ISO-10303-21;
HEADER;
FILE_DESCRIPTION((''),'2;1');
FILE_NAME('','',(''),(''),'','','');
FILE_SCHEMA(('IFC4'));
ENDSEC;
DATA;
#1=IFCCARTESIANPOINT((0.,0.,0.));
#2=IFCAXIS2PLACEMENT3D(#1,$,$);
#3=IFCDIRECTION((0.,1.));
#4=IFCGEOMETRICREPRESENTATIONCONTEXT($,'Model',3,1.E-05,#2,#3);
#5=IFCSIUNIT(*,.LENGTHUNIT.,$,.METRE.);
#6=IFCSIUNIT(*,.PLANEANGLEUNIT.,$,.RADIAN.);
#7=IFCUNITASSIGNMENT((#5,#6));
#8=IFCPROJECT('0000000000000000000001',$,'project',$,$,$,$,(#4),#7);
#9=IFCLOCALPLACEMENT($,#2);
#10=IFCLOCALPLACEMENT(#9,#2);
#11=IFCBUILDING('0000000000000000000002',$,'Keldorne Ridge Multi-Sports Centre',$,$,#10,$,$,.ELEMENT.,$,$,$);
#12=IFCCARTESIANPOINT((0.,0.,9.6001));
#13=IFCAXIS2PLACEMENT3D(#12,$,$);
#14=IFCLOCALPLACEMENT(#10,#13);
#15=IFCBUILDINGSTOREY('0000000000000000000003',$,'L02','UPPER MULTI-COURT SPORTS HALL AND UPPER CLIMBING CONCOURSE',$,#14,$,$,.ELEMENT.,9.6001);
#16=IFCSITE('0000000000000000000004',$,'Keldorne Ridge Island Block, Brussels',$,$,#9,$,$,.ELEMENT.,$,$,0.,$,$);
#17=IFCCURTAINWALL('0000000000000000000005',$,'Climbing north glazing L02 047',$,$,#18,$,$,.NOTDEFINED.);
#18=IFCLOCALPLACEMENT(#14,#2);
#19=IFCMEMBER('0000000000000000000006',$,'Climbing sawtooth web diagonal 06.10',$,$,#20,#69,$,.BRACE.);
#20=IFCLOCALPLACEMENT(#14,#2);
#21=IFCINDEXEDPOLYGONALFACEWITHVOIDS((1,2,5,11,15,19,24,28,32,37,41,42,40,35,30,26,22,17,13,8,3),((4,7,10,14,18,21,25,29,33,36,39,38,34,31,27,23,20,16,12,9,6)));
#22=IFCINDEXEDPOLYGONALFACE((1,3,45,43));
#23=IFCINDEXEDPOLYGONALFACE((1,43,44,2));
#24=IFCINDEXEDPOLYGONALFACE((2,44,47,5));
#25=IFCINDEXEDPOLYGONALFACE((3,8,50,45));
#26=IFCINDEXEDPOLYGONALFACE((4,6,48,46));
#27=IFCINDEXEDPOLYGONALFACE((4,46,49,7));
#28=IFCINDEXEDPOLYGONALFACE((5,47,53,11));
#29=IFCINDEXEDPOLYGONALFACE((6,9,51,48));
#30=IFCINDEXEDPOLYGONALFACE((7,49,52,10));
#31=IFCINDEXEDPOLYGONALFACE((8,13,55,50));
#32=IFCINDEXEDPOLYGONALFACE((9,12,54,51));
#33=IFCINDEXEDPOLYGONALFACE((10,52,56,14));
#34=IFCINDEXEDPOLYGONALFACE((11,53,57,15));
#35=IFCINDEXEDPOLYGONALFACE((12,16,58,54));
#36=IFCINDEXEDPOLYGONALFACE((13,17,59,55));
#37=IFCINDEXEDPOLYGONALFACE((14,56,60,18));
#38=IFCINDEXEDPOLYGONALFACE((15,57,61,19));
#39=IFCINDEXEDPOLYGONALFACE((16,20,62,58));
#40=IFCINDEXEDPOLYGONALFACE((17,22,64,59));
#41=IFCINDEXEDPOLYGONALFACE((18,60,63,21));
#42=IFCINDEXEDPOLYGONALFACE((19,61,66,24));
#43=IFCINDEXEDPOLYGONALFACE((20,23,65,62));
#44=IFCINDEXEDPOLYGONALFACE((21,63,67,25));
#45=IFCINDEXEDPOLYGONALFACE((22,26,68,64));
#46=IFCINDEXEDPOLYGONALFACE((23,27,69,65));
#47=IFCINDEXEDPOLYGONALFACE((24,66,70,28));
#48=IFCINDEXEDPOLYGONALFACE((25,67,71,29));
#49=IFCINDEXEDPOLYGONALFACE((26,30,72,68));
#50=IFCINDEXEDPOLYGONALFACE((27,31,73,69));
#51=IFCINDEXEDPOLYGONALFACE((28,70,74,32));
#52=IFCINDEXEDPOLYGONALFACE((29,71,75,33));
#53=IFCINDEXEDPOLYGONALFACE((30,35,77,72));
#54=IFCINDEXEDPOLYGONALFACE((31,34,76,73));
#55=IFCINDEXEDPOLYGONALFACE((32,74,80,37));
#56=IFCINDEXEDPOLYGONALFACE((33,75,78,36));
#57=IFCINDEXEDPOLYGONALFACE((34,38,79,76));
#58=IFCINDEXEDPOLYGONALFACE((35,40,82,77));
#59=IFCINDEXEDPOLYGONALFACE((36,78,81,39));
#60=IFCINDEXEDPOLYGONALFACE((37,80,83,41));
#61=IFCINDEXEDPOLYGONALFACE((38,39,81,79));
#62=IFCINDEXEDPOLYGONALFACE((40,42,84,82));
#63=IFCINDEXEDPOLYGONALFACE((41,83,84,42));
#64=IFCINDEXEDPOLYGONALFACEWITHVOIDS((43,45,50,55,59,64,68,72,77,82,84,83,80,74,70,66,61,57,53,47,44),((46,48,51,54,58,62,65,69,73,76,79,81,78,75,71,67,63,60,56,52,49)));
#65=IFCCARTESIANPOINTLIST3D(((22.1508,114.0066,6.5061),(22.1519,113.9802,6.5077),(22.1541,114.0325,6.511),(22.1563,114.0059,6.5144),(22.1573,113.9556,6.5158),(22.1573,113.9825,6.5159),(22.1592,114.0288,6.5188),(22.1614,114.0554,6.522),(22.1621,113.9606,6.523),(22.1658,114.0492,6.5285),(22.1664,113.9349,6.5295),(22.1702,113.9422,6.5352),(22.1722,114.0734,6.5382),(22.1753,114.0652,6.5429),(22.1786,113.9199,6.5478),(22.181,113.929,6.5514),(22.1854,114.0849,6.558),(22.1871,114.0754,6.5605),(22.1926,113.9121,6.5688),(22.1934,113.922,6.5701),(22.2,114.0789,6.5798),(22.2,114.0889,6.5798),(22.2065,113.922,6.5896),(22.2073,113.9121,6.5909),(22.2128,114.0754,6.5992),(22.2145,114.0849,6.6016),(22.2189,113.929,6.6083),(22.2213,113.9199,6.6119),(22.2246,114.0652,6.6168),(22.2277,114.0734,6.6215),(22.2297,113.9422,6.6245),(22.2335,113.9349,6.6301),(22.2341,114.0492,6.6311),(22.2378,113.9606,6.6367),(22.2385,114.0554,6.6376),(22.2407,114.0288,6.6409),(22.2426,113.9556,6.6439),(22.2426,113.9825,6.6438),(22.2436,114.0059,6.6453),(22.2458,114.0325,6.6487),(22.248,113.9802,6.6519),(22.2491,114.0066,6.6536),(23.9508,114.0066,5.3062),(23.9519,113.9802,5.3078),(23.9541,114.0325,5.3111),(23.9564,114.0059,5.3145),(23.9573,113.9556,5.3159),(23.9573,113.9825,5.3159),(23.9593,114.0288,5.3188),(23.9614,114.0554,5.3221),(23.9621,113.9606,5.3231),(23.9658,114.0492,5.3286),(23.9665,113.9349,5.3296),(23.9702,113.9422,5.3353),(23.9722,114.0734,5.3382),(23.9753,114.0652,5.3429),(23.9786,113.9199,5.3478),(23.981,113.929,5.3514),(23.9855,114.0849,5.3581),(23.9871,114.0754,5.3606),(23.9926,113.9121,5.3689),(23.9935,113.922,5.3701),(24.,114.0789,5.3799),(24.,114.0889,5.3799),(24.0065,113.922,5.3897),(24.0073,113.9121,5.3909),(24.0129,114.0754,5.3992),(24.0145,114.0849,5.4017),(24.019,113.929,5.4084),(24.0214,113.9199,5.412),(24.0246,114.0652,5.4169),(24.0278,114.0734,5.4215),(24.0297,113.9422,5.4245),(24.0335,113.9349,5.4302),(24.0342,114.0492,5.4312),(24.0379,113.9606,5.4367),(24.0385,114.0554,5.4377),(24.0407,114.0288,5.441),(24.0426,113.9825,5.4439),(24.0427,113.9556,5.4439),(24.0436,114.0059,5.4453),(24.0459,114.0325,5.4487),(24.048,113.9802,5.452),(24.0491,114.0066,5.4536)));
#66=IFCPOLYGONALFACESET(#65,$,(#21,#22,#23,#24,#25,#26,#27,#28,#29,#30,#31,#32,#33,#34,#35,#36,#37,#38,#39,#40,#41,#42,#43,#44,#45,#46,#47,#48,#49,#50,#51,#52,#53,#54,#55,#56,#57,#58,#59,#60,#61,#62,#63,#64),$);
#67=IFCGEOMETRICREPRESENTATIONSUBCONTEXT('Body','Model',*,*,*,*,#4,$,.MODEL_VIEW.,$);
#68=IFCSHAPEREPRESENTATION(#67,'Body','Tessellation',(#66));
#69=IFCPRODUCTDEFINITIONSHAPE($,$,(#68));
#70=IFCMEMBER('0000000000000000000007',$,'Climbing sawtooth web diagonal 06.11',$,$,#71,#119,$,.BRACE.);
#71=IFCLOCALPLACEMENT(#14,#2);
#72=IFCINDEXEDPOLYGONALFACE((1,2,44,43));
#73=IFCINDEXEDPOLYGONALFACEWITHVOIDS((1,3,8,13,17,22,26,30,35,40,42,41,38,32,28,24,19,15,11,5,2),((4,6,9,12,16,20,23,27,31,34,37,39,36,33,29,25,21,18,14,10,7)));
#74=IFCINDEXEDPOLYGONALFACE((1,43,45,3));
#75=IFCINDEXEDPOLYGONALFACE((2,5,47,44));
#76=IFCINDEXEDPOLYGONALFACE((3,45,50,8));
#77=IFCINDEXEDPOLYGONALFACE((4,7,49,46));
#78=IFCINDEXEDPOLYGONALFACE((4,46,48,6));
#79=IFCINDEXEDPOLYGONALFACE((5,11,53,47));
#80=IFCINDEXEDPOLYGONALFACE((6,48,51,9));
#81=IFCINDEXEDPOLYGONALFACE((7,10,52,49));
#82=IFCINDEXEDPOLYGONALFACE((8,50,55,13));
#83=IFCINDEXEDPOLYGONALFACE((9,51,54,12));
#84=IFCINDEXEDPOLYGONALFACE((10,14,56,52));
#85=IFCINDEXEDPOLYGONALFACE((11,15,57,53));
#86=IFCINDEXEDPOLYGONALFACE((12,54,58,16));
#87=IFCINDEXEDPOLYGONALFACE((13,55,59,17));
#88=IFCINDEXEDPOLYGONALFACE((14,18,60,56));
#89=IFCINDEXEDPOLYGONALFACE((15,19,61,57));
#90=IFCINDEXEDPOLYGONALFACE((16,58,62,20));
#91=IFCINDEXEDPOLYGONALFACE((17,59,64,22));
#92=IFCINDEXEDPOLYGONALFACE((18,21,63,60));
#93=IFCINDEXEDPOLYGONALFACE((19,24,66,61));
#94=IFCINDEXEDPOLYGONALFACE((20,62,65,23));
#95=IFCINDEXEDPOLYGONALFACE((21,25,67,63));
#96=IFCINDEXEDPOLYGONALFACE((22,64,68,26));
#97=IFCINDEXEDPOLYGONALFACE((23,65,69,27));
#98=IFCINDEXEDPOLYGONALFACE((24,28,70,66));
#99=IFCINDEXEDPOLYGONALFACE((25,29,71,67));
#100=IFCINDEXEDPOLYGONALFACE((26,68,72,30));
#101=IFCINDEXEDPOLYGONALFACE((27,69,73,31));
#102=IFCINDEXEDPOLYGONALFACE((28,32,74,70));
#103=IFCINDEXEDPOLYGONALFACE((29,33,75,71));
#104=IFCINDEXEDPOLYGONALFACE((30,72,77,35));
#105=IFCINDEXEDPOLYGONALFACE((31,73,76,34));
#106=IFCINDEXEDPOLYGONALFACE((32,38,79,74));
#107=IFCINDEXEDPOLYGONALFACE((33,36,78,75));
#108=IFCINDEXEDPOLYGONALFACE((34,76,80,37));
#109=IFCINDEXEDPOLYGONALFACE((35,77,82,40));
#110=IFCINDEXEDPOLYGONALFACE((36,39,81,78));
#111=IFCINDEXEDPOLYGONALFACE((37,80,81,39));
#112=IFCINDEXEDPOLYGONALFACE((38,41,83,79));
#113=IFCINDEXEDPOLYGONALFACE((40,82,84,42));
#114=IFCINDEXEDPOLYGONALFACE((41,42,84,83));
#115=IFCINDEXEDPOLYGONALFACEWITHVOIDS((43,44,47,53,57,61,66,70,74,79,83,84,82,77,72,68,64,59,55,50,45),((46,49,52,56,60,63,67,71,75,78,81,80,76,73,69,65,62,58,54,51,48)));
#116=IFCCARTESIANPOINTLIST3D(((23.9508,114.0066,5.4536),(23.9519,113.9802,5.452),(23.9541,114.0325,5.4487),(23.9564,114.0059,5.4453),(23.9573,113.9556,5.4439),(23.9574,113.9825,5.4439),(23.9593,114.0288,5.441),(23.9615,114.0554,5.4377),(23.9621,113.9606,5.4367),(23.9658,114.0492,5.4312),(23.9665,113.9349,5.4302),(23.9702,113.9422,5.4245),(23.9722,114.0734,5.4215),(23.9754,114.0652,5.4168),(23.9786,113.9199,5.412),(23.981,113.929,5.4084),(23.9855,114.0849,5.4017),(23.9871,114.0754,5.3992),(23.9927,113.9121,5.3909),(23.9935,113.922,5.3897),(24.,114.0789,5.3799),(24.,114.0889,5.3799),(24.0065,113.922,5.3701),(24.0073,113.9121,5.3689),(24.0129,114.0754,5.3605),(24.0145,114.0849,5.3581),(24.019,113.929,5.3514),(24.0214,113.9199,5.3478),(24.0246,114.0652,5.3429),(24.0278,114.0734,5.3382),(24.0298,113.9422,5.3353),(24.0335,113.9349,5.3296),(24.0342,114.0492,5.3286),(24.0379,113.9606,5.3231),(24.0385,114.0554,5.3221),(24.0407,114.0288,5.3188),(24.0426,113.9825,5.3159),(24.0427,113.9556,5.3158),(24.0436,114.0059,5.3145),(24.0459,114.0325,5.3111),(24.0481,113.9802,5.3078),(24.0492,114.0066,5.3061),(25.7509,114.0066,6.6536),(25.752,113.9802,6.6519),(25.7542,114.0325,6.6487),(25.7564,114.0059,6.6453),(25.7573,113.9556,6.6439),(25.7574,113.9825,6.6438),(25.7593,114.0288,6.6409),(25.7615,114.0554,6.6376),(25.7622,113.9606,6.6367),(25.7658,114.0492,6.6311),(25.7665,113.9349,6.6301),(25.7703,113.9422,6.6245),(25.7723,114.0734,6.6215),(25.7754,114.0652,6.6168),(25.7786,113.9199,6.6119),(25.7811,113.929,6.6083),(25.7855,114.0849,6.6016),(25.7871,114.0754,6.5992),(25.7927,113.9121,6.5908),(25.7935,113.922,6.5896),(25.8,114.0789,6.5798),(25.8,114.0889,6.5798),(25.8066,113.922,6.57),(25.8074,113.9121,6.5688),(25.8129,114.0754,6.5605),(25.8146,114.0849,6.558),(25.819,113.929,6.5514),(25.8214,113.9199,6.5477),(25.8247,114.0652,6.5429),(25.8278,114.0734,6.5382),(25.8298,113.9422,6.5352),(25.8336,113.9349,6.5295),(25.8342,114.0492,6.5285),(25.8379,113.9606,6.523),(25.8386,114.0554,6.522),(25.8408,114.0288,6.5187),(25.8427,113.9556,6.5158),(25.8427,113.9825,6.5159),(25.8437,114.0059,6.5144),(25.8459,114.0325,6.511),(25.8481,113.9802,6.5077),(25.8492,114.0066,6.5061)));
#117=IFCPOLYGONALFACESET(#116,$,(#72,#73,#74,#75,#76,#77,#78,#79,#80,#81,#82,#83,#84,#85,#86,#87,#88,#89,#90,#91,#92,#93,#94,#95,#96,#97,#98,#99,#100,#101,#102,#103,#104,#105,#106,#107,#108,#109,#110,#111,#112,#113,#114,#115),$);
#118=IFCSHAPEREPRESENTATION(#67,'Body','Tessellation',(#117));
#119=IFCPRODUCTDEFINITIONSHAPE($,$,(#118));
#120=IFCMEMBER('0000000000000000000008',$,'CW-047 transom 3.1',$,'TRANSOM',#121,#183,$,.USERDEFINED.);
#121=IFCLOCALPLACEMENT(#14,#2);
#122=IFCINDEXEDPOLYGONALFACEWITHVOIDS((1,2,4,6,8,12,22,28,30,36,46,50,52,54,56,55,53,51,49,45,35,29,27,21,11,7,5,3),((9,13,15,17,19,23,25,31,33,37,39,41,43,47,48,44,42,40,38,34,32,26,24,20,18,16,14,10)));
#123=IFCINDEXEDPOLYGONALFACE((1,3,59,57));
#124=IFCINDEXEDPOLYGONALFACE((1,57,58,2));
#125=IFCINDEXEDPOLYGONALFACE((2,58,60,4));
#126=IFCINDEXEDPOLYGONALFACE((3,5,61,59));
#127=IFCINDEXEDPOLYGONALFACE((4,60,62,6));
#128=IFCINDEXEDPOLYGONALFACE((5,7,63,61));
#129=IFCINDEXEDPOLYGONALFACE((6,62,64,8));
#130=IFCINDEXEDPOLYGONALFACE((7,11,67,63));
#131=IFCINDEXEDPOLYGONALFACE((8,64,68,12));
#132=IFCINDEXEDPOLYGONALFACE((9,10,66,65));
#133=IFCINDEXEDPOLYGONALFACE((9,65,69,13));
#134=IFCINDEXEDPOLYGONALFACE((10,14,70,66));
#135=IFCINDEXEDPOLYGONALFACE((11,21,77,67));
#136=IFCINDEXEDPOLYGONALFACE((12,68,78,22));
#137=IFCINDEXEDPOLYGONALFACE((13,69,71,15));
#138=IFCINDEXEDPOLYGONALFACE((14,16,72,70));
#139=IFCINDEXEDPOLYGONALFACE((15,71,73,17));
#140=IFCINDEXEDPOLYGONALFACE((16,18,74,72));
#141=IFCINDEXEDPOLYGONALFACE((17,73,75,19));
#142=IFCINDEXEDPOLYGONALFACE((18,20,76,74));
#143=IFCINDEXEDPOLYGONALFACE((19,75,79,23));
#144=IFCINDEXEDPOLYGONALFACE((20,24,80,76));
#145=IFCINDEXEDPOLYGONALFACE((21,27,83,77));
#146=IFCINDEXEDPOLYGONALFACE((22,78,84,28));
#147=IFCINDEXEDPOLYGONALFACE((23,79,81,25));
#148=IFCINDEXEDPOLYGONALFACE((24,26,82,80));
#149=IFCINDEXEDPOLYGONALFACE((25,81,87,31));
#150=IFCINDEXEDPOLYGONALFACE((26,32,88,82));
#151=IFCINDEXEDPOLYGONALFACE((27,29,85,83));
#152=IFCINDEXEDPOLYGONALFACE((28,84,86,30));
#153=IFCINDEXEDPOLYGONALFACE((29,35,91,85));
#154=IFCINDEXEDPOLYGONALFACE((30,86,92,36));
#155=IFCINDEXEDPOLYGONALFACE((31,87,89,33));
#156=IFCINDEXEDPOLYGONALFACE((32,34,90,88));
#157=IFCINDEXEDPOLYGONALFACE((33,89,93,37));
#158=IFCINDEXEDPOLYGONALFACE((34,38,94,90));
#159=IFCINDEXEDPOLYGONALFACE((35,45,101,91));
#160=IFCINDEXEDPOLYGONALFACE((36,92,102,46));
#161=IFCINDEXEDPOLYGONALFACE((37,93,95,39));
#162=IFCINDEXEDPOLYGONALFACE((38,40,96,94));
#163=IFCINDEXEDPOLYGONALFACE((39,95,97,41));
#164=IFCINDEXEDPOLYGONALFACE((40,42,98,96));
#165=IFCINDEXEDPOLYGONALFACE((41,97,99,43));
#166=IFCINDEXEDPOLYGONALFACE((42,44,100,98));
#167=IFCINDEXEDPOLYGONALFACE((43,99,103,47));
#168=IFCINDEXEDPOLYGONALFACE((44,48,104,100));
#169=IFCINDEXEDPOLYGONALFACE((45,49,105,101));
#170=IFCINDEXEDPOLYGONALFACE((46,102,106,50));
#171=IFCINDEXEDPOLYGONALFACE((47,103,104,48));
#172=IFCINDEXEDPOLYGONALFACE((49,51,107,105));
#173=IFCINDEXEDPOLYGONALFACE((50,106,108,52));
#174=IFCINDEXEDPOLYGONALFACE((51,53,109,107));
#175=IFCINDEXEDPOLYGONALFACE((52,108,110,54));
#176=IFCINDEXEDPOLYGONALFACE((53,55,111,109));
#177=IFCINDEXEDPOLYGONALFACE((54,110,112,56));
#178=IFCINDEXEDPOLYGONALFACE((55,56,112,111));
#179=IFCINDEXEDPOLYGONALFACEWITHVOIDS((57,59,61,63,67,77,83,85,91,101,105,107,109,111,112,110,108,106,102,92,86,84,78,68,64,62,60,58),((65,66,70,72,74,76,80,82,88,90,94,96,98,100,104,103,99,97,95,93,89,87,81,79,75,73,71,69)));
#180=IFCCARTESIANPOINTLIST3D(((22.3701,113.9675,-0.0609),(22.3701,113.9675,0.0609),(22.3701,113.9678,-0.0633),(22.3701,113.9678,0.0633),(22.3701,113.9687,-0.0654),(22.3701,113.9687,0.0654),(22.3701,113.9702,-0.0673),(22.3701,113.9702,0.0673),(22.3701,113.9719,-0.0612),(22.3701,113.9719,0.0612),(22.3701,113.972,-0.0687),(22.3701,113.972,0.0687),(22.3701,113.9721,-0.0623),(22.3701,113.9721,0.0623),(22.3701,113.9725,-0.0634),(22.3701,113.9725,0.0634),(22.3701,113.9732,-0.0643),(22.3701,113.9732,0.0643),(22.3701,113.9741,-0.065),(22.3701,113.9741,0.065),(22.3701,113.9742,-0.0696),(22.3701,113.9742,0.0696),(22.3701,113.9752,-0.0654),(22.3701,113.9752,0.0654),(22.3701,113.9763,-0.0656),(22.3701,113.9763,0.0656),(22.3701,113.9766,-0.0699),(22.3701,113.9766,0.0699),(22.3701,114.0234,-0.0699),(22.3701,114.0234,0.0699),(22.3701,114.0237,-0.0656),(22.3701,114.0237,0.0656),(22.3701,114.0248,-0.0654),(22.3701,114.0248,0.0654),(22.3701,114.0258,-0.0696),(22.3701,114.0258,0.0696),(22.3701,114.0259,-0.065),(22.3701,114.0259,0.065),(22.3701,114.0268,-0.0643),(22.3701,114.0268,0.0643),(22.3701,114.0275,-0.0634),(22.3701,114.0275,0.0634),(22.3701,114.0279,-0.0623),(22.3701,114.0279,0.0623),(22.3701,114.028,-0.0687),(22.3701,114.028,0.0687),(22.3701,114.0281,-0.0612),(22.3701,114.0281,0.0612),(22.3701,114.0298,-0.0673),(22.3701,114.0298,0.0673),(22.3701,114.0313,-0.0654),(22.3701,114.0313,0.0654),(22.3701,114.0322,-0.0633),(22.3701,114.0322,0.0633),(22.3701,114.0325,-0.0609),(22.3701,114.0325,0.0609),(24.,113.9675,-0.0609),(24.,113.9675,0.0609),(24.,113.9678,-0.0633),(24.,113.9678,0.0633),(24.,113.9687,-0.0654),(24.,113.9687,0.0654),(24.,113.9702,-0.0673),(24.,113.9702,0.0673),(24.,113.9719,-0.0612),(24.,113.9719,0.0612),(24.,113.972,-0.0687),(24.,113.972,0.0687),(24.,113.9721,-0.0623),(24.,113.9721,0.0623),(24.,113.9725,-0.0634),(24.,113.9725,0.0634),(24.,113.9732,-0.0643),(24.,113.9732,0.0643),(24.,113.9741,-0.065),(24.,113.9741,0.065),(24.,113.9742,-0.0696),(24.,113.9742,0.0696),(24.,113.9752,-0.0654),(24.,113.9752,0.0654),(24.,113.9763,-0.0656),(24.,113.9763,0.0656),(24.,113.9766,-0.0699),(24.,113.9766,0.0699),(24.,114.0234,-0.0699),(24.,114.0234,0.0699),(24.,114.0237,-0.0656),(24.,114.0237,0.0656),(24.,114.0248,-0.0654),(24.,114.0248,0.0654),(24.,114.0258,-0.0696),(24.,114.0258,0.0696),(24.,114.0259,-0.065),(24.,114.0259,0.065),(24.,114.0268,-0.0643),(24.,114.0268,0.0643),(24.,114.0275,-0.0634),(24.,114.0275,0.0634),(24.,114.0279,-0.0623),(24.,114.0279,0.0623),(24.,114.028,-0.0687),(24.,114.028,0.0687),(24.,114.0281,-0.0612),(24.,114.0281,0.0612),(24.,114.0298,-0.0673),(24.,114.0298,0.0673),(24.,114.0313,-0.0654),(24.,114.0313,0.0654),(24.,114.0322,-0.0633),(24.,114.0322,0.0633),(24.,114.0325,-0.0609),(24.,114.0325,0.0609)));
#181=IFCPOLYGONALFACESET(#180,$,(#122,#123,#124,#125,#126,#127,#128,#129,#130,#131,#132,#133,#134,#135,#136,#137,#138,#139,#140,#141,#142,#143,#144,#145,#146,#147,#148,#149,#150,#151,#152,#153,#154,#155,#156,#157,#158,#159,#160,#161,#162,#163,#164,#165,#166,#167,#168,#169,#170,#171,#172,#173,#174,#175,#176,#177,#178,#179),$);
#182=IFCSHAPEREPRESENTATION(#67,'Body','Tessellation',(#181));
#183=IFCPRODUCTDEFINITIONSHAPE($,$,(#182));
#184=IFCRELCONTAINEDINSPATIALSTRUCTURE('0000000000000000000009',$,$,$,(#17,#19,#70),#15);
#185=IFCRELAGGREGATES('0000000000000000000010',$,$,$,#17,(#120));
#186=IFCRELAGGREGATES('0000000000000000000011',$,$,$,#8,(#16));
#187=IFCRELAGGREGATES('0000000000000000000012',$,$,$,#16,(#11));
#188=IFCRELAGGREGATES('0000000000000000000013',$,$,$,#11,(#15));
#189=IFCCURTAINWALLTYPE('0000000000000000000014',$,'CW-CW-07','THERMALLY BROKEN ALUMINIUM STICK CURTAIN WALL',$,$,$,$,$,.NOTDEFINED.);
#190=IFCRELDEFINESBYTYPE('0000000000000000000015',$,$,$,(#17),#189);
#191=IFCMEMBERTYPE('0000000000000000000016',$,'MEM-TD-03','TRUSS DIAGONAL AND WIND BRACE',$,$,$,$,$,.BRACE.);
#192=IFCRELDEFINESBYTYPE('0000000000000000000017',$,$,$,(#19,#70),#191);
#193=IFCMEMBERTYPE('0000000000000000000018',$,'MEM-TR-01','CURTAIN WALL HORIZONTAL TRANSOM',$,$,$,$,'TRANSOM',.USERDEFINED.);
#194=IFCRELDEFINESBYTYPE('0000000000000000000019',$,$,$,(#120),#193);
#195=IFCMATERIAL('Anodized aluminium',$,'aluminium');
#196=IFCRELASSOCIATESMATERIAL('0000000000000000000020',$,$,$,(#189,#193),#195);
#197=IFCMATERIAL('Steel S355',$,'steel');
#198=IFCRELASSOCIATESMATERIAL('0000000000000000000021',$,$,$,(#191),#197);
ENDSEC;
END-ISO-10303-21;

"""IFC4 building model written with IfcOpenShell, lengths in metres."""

from ifc_helpers import new_model, si_unit, direction, frame, origin, origin_2d, place, context, subcontext, project, spatial, hollow_rectangle, hollow_circle, extrude, material, material_profile, profile_set, type_object, element, aggregate, save


model = new_model("IFC4")

# Units and contexts
model_context = context("Model", 3, precision=1e-05, world=origin(), true_north=direction((0.0, 1.0)))
body_context = subcontext(model_context, "Body", "Model", "MODEL_VIEW")
ifc_project = project(units=[si_unit("LENGTHUNIT", "METRE"), si_unit("PLANEANGLEUNIT", "RADIAN")], contexts=[model_context])

# Site, building, storey
site_placement = place(None, origin())
site = spatial("IfcSite", under=ifc_project, at=site_placement, Name="Keldorne Ridge Island Block, Brussels", CompositionType="ELEMENT", RefElevation=0.0)
building_placement = place(site_placement, origin())
building = spatial("IfcBuilding", under=site, at=building_placement, Name="Keldorne Ridge Multi-Sports Centre", CompositionType="ELEMENT")
storey_placement = place(building_placement, frame((0.0, 0.0, 9.6001)))
storey = spatial("IfcBuildingStorey", under=building, at=storey_placement, Name="L02", Description="UPPER MULTI-COURT SPORTS HALL AND UPPER CLIMBING CONCOURSE", CompositionType="ELEMENT", Elevation=9.6001)

# Shared definitions
ifc_material_1 = material(Name="Steel S355", Category="steel")

# Curtain wall
ifc_material_2 = material(Name="Anodized aluminium", Category="aluminium")
curtain_wall_type = type_object("IfcCurtainWallType", Name="CW-CW-07", Description="THERMALLY BROKEN ALUMINIUM STICK CURTAIN WALL", PredefinedType="NOTDEFINED", material=ifc_material_2)
curtain_wall_placement = place(storey_placement, origin())
curtain_wall = element("IfcCurtainWall", 1, at=curtain_wall_placement, inside=storey, type_object=curtain_wall_type, Name="Climbing north glazing L02 047", PredefinedType="NOTDEFINED")

# Members
ifc_material_profile_1 = material_profile(ifc_material_1, hollow_circle(Radius=0.0889, WallThickness=0.01, at=origin_2d()), Name="CHS 177.8x10")
ifc_profile_set_1 = profile_set([ifc_material_profile_1], Name="Steel S355")
member_type_1 = type_object("IfcMemberType", Name="MEM-TD-03", Description="TRUSS DIAGONAL AND WIND BRACE", PredefinedType="BRACE", material=ifc_profile_set_1)
for number, where, z_axis, x_axis, name in (
    (2, (22.2, 114.0, 6.5798), (0.832068, 0.0, -0.554674), (0.0, 1.0, 0.0), "Climbing sawtooth web diagonal 06.10"),
    (3, (24.0, 114.0, 5.3799), (0.832068, 0.0, 0.554674), (0.0, 1.0, 0.0), "Climbing sawtooth web diagonal 06.11"),
):
    element("IfcMember", number, at=place(storey_placement, frame(where, z_axis=z_axis, x_axis=x_axis)), inside=storey, type_object=member_type_1, Name=name, PredefinedType="BRACE", context=body_context, shape_type="SweptSolid", body=[
        extrude(hollow_circle(Radius=0.0889, WallThickness=0.01, at=origin_2d()), origin(), (0.0, 0.0, 1.0), 2.1633),
    ])

# Member
ifc_material_profile_2 = material_profile(ifc_material_2, hollow_rectangle(XDim=0.0649, YDim=0.1399, WallThickness=0.0044, InnerFilletRadius=0.0044, OuterFilletRadius=0.009, at=origin_2d()), Name="ALU TRANSOM 140x65x4.5")
ifc_profile_set_2 = profile_set([ifc_material_profile_2], Name="Anodized aluminium")
member_type_2 = type_object("IfcMemberType", Name="MEM-TR-01", Description="CURTAIN WALL HORIZONTAL TRANSOM", ElementType="TRANSOM", PredefinedType="USERDEFINED", material=ifc_profile_set_2)
member_1_placement = place(storey_placement, frame((24.0, 114.0, 0.0), z_axis=(-1.0, 0.0, 0.0), x_axis=(0.0, -1.0, 0.0)))
member_1 = element("IfcMember", 4, at=member_1_placement, type_object=member_type_2, Name="CW-047 transom 3.1", ObjectType="TRANSOM", PredefinedType="USERDEFINED", context=body_context, shape_type="SweptSolid", body=[
    extrude(hollow_rectangle(XDim=0.0649, YDim=0.1399, WallThickness=0.0044, InnerFilletRadius=0.0044, OuterFilletRadius=0.009, at=origin_2d()), origin(), (0.0, 0.0, 1.0), 1.6299),
])

aggregate(curtain_wall, [member_1])

save(model, "model.ifc")
